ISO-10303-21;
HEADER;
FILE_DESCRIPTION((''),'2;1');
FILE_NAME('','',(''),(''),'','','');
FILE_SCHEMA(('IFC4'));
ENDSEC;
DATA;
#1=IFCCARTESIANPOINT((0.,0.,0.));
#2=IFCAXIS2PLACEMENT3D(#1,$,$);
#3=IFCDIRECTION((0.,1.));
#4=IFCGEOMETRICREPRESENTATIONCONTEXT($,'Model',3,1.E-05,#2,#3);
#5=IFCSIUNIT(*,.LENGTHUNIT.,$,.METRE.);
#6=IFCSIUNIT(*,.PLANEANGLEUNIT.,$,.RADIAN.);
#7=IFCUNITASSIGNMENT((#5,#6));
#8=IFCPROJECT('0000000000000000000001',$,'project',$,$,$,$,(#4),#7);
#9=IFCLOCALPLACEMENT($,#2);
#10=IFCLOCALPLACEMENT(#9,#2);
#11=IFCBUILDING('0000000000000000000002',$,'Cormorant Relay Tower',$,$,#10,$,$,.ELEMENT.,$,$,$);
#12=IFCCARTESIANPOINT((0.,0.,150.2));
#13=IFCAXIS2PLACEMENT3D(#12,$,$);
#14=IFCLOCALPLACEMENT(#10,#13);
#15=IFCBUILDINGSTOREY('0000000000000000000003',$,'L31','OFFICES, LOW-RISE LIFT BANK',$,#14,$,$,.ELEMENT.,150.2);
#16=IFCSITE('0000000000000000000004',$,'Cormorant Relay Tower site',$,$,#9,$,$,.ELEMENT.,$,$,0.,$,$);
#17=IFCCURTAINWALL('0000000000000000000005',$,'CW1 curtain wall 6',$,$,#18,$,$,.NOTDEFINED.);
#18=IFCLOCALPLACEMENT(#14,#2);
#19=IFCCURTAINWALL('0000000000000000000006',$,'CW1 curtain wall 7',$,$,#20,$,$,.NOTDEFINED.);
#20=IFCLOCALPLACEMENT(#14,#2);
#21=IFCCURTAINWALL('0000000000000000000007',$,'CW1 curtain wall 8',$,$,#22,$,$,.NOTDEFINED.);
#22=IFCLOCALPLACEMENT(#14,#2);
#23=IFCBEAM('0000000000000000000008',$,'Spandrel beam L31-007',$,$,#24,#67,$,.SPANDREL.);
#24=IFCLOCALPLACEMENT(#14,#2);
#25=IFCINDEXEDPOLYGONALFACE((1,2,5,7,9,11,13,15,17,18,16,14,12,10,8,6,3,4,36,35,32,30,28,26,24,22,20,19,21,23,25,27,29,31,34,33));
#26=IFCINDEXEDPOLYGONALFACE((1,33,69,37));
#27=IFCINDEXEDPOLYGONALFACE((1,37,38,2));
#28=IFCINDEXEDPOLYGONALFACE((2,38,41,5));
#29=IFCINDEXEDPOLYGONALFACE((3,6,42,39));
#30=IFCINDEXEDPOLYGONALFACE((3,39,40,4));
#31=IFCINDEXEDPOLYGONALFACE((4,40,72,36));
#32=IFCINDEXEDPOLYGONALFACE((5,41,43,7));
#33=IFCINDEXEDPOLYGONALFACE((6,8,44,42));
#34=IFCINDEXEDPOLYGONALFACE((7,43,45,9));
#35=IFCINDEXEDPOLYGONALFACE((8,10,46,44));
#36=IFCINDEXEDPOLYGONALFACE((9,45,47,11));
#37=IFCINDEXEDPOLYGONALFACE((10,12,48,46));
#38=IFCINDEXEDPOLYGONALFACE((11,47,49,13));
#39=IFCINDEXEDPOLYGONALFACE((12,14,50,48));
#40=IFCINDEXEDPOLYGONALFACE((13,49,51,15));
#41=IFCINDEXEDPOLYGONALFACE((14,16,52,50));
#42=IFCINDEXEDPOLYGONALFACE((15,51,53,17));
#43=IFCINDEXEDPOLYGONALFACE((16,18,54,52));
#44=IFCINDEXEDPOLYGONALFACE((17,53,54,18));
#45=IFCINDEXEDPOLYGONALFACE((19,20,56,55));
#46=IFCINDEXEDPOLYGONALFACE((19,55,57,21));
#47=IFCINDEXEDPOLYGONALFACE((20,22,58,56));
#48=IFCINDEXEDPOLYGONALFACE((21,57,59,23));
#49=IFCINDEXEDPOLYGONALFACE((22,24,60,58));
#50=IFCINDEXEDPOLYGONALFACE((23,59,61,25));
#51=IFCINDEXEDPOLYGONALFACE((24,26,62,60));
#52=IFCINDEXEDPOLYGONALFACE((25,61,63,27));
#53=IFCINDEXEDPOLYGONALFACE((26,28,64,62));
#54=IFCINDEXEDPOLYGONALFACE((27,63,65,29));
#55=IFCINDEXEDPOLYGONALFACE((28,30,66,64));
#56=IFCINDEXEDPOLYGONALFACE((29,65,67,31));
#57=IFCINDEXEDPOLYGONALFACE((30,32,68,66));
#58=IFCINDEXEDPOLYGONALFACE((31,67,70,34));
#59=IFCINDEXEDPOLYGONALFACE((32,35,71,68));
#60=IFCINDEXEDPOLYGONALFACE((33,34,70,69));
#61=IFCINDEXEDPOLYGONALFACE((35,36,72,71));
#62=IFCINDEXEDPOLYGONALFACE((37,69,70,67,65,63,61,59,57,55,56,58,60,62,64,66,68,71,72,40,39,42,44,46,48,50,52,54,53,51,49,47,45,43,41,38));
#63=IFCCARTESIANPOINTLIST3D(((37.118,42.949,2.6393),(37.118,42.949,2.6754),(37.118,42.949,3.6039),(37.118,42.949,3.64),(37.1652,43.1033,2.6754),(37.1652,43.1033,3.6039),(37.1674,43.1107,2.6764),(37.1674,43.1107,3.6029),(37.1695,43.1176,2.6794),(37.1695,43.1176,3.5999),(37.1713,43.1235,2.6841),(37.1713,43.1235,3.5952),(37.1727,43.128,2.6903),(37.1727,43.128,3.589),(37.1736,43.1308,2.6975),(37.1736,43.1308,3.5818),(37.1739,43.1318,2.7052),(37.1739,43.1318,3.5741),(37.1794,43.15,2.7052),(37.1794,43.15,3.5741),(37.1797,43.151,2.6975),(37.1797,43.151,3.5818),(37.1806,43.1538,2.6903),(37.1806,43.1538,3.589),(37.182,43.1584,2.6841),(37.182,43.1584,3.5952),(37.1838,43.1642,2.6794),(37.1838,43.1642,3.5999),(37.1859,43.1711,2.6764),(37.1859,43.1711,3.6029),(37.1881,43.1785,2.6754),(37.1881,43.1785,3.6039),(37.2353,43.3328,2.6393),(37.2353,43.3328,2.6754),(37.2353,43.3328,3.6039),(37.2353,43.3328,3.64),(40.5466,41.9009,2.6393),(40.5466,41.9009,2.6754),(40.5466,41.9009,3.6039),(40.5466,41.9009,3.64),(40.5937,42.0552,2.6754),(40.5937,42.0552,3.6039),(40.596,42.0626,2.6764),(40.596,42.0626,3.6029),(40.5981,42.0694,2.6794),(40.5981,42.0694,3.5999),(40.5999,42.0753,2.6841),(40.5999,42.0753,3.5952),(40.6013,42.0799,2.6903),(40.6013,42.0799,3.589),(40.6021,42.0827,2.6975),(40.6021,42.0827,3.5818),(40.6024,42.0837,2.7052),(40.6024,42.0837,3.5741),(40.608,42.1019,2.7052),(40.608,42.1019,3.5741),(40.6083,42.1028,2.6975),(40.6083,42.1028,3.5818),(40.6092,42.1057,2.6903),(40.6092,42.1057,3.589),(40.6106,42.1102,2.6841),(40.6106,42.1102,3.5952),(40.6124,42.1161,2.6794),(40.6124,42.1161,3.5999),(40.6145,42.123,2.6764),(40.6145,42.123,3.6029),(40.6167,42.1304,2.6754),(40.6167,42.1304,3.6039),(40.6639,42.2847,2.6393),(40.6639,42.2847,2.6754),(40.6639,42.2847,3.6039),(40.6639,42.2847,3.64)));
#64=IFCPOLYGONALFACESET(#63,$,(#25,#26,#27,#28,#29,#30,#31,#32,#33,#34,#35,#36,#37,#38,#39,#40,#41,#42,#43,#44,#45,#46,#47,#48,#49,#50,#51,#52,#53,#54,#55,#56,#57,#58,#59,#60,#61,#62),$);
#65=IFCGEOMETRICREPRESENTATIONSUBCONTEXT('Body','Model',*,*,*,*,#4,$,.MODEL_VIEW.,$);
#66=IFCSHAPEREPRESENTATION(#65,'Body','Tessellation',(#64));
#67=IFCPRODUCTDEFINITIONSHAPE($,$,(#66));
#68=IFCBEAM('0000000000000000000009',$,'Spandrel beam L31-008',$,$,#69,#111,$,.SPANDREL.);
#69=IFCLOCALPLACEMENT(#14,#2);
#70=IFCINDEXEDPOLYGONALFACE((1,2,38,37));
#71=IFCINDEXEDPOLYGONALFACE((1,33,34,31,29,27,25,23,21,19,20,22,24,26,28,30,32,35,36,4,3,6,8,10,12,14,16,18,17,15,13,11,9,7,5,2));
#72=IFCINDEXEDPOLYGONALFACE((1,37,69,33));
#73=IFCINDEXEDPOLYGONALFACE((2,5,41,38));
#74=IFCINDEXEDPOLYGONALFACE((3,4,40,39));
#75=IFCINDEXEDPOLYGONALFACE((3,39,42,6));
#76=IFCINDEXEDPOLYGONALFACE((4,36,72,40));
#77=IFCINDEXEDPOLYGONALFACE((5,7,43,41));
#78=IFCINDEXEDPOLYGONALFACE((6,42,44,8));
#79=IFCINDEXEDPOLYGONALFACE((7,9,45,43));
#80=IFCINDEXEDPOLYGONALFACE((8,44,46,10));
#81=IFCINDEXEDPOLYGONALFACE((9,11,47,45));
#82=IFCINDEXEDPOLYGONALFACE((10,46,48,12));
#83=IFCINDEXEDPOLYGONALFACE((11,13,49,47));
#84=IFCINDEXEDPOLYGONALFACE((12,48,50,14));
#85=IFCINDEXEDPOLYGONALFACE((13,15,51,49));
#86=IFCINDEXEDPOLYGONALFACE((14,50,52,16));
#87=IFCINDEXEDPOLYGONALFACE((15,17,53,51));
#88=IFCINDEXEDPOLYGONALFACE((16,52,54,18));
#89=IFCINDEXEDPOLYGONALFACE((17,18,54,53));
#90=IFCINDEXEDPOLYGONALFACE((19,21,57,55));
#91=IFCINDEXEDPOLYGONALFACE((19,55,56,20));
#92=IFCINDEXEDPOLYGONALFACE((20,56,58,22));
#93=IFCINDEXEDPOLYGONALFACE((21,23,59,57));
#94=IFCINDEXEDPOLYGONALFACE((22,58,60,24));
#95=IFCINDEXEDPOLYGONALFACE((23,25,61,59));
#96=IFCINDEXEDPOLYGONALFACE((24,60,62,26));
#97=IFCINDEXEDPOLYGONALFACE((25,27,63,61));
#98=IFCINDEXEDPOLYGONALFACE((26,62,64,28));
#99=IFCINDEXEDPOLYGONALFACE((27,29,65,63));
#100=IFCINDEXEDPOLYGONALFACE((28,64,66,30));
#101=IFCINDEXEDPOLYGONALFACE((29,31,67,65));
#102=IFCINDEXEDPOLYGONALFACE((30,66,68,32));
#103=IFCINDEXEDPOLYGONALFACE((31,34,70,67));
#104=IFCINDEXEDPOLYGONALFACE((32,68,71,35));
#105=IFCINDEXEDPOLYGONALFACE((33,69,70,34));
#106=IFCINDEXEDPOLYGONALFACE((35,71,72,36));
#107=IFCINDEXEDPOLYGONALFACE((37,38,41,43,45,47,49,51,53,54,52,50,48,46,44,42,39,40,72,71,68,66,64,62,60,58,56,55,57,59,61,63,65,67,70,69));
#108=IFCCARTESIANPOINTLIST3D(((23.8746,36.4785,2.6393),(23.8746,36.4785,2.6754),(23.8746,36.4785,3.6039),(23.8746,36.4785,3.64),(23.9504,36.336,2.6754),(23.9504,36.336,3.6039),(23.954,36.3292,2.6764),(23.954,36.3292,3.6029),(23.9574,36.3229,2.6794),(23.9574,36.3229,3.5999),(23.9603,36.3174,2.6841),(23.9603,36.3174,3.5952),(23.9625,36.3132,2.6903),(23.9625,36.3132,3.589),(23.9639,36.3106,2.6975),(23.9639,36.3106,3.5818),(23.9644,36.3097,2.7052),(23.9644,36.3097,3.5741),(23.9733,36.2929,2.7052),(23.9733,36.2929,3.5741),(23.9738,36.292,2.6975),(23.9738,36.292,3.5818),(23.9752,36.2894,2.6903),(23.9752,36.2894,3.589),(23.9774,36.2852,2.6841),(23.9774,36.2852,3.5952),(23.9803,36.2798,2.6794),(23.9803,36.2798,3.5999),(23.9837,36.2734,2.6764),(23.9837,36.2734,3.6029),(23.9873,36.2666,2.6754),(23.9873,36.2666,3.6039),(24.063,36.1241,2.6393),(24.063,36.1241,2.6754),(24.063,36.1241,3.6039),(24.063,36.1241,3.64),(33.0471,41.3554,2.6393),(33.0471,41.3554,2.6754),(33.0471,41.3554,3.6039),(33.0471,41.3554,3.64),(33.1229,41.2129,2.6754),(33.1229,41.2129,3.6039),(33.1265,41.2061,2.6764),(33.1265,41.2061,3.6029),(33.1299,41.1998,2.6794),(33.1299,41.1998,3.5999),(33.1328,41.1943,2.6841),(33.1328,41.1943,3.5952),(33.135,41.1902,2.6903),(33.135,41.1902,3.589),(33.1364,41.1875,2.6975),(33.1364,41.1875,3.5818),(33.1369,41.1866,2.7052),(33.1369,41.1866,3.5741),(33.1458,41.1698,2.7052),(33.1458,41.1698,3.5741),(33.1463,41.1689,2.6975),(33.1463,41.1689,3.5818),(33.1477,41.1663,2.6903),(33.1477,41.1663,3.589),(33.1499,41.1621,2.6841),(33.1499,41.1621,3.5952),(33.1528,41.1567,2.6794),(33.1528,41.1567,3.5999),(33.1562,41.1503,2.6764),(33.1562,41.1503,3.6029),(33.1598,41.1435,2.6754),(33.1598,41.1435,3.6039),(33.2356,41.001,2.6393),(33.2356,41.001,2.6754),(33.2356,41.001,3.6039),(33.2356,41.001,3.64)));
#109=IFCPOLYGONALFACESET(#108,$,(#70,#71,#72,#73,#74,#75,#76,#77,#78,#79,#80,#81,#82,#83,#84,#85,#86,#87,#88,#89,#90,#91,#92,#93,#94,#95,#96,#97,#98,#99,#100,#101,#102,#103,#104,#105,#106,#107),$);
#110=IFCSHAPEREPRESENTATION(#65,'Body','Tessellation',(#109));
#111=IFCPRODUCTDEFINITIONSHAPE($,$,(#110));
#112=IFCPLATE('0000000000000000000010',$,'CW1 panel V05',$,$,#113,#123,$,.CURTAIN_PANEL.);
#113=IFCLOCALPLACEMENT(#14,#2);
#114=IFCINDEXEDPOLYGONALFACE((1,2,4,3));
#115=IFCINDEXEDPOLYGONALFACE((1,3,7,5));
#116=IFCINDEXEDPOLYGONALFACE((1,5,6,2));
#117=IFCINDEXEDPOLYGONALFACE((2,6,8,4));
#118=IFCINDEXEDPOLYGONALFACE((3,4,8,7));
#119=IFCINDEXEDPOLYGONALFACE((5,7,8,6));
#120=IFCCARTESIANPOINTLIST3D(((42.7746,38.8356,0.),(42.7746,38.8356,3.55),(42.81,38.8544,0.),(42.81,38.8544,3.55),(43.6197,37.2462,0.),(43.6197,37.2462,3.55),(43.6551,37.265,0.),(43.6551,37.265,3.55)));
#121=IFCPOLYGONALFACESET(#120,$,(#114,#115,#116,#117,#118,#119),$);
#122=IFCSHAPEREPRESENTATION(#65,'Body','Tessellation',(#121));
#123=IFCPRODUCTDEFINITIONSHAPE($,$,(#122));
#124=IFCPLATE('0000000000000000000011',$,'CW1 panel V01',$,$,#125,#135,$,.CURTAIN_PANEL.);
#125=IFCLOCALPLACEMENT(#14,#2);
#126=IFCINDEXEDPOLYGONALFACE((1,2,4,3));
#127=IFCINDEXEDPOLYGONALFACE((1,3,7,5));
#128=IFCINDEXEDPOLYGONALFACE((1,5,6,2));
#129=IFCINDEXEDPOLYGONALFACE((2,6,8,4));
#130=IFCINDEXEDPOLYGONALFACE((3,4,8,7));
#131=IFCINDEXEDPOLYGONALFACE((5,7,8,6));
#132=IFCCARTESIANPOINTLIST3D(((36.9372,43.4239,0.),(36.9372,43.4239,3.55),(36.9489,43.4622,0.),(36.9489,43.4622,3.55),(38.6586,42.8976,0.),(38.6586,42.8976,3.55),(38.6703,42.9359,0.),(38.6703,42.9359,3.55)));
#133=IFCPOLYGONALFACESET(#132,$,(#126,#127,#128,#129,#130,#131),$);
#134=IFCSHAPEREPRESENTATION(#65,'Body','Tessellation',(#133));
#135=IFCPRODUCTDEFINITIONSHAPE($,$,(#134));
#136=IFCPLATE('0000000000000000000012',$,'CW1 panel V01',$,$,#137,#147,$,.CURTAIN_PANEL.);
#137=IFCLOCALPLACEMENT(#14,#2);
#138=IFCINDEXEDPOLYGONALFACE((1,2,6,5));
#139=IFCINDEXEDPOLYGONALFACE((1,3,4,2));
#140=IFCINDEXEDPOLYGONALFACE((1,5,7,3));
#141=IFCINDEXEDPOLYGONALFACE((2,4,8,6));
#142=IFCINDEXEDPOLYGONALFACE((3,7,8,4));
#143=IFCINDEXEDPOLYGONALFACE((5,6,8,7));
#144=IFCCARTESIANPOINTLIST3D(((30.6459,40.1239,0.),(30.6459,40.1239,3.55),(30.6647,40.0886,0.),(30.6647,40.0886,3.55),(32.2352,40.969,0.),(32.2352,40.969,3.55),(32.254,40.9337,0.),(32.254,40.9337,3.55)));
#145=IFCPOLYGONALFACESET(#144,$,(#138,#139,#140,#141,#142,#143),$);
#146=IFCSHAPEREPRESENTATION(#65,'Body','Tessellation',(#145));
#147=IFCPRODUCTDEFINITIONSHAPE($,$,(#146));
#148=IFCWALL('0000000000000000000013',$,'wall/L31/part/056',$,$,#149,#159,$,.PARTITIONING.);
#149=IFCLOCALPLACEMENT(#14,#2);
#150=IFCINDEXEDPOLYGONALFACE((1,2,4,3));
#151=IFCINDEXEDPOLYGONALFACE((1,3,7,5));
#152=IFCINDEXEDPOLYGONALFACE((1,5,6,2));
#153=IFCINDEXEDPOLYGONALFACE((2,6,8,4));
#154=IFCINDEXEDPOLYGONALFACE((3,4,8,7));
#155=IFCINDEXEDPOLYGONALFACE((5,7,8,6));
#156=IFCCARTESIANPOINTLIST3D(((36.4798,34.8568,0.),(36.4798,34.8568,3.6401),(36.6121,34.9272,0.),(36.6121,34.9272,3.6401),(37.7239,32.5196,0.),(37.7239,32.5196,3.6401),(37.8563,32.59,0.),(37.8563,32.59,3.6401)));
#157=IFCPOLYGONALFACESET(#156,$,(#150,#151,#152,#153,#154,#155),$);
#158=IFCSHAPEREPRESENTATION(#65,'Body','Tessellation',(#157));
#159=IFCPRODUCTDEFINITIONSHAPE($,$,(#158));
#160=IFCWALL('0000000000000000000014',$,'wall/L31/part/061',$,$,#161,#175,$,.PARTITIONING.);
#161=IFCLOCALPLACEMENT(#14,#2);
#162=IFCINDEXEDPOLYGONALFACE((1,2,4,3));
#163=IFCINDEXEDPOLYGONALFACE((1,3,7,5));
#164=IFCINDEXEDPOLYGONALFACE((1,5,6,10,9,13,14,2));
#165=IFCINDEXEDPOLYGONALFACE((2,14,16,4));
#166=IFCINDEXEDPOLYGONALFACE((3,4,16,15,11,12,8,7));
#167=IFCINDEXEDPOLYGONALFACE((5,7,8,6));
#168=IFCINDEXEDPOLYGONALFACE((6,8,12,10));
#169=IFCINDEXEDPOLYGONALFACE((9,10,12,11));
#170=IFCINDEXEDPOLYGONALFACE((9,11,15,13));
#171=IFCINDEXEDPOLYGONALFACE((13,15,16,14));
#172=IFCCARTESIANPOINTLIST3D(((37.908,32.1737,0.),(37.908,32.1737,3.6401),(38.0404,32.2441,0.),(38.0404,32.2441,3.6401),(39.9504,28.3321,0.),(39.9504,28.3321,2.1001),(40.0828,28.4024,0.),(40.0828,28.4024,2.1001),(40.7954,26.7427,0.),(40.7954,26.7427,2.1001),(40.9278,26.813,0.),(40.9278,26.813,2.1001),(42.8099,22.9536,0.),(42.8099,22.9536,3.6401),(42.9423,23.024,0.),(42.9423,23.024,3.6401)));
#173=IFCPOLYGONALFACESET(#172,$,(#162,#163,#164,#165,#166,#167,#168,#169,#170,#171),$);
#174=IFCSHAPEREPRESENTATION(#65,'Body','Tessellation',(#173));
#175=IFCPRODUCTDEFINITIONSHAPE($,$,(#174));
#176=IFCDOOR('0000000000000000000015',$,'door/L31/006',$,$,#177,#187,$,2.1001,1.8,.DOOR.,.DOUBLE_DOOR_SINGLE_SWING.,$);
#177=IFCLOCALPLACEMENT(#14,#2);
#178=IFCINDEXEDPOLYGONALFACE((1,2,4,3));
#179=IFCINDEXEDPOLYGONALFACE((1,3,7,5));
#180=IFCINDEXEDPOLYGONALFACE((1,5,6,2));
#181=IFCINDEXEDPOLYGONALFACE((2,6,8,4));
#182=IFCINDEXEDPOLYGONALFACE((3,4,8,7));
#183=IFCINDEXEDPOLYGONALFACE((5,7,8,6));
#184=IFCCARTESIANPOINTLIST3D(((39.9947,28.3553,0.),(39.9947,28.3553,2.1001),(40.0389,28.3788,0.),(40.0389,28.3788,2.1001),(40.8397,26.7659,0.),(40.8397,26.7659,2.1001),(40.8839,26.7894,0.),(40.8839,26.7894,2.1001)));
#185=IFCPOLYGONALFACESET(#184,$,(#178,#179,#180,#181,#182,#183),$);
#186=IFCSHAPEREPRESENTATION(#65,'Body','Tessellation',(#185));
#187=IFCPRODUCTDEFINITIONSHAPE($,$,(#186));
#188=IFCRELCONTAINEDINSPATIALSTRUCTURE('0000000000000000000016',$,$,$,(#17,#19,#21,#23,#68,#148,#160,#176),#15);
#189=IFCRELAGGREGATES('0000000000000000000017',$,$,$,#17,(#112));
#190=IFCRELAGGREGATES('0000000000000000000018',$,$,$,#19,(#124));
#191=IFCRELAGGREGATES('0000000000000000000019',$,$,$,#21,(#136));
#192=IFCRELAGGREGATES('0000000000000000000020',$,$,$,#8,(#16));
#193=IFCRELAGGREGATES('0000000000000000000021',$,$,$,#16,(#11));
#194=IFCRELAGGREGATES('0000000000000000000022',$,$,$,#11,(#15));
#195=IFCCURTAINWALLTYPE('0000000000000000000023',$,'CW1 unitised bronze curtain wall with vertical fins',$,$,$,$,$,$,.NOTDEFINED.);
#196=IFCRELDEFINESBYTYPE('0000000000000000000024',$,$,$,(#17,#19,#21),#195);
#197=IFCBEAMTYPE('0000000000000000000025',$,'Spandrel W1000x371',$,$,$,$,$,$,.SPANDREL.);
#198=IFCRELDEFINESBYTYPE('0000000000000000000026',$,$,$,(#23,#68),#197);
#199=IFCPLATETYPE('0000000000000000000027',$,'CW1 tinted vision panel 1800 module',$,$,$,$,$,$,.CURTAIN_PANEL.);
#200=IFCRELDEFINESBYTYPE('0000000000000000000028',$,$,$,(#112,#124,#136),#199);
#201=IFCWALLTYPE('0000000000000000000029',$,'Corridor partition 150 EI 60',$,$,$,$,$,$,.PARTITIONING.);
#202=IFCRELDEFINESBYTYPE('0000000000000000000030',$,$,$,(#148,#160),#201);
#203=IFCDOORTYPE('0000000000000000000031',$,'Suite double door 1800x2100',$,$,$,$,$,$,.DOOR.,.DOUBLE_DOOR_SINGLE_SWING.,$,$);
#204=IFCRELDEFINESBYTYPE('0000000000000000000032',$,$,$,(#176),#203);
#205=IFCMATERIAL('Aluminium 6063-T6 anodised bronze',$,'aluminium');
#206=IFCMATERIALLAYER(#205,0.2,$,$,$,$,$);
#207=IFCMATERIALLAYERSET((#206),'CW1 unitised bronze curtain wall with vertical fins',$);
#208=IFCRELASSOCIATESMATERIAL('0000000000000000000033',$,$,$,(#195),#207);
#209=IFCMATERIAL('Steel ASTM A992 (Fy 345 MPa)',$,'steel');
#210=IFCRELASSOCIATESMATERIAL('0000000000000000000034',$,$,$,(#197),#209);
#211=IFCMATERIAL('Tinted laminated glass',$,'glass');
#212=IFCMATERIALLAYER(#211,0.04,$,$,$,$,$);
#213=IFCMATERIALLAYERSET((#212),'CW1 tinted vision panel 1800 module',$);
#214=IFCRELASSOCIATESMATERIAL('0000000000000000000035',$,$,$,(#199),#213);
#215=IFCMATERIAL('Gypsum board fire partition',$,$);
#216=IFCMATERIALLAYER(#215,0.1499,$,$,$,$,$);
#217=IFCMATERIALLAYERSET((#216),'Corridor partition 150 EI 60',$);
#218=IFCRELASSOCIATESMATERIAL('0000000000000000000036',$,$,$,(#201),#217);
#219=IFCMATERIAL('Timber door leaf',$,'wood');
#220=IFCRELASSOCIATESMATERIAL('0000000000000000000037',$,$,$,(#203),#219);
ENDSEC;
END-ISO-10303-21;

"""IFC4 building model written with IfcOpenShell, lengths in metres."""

from ifc_helpers import new_model, si_unit, direction, frame, frame_2d, origin, origin_2d, place, context, subcontext, project, spatial, rectangle, i_section, extrude, material, layer, layer_set, material_profile, profile_set, type_object, element, fill, aggregate, save


model = new_model("IFC4")

# Units and contexts
model_context = context("Model", 3, precision=1e-05, world=origin(), true_north=direction((0.0, 1.0)))
body_context = subcontext(model_context, "Body", "Model", "MODEL_VIEW")
ifc_project = project(units=[si_unit("LENGTHUNIT", "METRE"), si_unit("PLANEANGLEUNIT", "RADIAN")], contexts=[model_context])

# Site, building, storey
site_placement = place(None, origin())
site = spatial("IfcSite", under=ifc_project, at=site_placement, Name="Cormorant Relay Tower site", CompositionType="ELEMENT", RefElevation=0.0)
building_placement = place(site_placement, origin())
building = spatial("IfcBuilding", under=site, at=building_placement, Name="Cormorant Relay Tower", CompositionType="ELEMENT")
storey_placement = place(building_placement, frame((0.0, 0.0, 150.2)))
storey = spatial("IfcBuildingStorey", under=building, at=storey_placement, Name="L31", Description="OFFICES, LOW-RISE LIFT BANK", CompositionType="ELEMENT", Elevation=150.2)

# Curtain wall
ifc_material_1 = material(Name="Aluminium 6063-T6 anodised bronze", Category="aluminium")
ifc_layer_1 = layer(ifc_material_1, 0.2)
ifc_layer_set_1 = layer_set([ifc_layer_1], Name="CW1 unitised bronze curtain wall with vertical fins")
curtain_wall_type = type_object("IfcCurtainWallType", Name="CW1 unitised bronze curtain wall with vertical fins", PredefinedType="NOTDEFINED", material=ifc_layer_set_1)
curtain_wall_1_placement = place(storey_placement, origin())
curtain_wall_1 = element("IfcCurtainWall", 1, at=curtain_wall_1_placement, inside=storey, type_object=curtain_wall_type, Name="CW1 curtain wall 6", PredefinedType="NOTDEFINED")

# Curtain wall
curtain_wall_2_placement = place(storey_placement, origin())
curtain_wall_2 = element("IfcCurtainWall", 2, at=curtain_wall_2_placement, inside=storey, type_object=curtain_wall_type, Name="CW1 curtain wall 7", PredefinedType="NOTDEFINED")

# Curtain wall
curtain_wall_3_placement = place(storey_placement, origin())
curtain_wall_3 = element("IfcCurtainWall", 3, at=curtain_wall_3_placement, inside=storey, type_object=curtain_wall_type, Name="CW1 curtain wall 8", PredefinedType="NOTDEFINED")

# Beams
ifc_material_2 = material(Name="Steel ASTM A992 (Fy 345 MPa)", Category="steel")
ifc_material_profile_1 = material_profile(ifc_material_2, i_section(OverallWidth=0.4014, OverallDepth=1.0007, WebThickness=0.019, FlangeThickness=0.0361, FilletRadius=0.0298, at=origin_2d()), Name="W1000x371")
ifc_profile_set_1 = profile_set([ifc_material_profile_1], Name="Steel ASTM A992 (Fy 345 MPa)")
beam_type = type_object("IfcBeamType", Name="Spandrel W1000x371", PredefinedType="SPANDREL", material=ifc_profile_set_1)
beam_1_placement = place(storey_placement, frame((40.6052, 42.0928, 3.1396), z_axis=(-0.956312, 0.292348, 0.0), x_axis=(-0.292348, -0.956312, 0.0)))
element("IfcBeam", 4, at=beam_1_placement, inside=storey, type_object=beam_type, Name="Spandrel beam L31-007", PredefinedType="SPANDREL", context=body_context, shape_type="SweptSolid", body=[
    extrude(i_section(OverallWidth=0.4014, OverallDepth=1.0007, WebThickness=0.019, FlangeThickness=0.0361, FilletRadius=0.0298, at=origin_2d()), origin(), (0.0, 0.0, 1.0), 3.5852),
])
beam_2_placement = place(storey_placement, frame((33.1414, 41.1782, 3.1396), z_axis=(-0.882956, -0.469456, 0.0), x_axis=(0.469456, -0.882956, 0.0)))
element("IfcBeam", 5, at=beam_2_placement, inside=storey, type_object=beam_type, Name="Spandrel beam L31-008", PredefinedType="SPANDREL", context=body_context, shape_type="SweptSolid", body=[
    extrude(i_section(OverallWidth=0.4014, OverallDepth=1.0007, WebThickness=0.019, FlangeThickness=0.0361, FilletRadius=0.0298, at=origin_2d()), origin(), (0.0, 0.0, 1.0), 10.3884),
])

# Plates
ifc_material_3 = material(Name="Tinted laminated glass", Category="glass")
ifc_layer_2 = layer(ifc_material_3, 0.04)
ifc_layer_set_2 = layer_set([ifc_layer_2], Name="CW1 tinted vision panel 1800 module")
plate_type = type_object("IfcPlateType", Name="CW1 tinted vision panel 1800 module", PredefinedType="CURTAIN_PANEL", material=ifc_layer_set_2)
plate_1_placement = place(storey_placement, frame((43.2148, 38.0503, 0.0), z_axis=(0.0, 0.0, 1.0), x_axis=(-0.469472, 0.882948, 0.0)))
plate_1 = element("IfcPlate", 6, at=plate_1_placement, type_object=plate_type, Name="CW1 panel V05", PredefinedType="CURTAIN_PANEL", context=body_context, shape_type="SweptSolid", body=[
    extrude(rectangle(XDim=1.8, YDim=0.04, at=origin_2d()), origin(), (0.0, 0.0, 1.0), 3.55),
])
plate_2_placement = place(storey_placement, frame((37.8037, 43.1799, 0.0), z_axis=(0.0, 0.0, 1.0), x_axis=(-0.956305, 0.292372, 0.0)))
plate_2 = element("IfcPlate", 7, at=plate_2_placement, type_object=plate_type, Name="CW1 panel V01", PredefinedType="CURTAIN_PANEL", context=body_context, shape_type="SweptSolid", body=[
    extrude(rectangle(XDim=1.8, YDim=0.04, at=origin_2d()), origin(), (0.0, 0.0, 1.0), 3.55),
])
plate_3_placement = place(storey_placement, frame((31.45, 40.5288, 0.0), z_axis=(0.0, 0.0, 1.0), x_axis=(-0.882948, -0.469472, 0.0)))
plate_3 = element("IfcPlate", 8, at=plate_3_placement, type_object=plate_type, Name="CW1 panel V01", PredefinedType="CURTAIN_PANEL", context=body_context, shape_type="SweptSolid", body=[
    extrude(rectangle(XDim=1.8, YDim=0.04, at=origin_2d()), origin(), (0.0, 0.0, 1.0), 3.55),
])

# Wall
ifc_material_4 = material(Name="Gypsum board fire partition")
ifc_layer_3 = layer(ifc_material_4, 0.1499)
ifc_layer_set_3 = layer_set([ifc_layer_3], Name="Corridor partition 150 EI 60")
wall_type_1 = type_object("IfcWallType", Name="Corridor partition 150 EI 60", PredefinedType="PARTITIONING", material=ifc_layer_set_3)
wall_1_placement = place(storey_placement, frame((37.79, 32.5549, 0.0), z_axis=(0.0, 0.0, 1.0), x_axis=(-0.469899, 0.88272, 0.0)))
element("IfcWall", 9, at=wall_1_placement, inside=storey, type_object=wall_type_1, Name="wall/L31/part/056", PredefinedType="PARTITIONING", context=body_context, shape_type="SweptSolid", body=[
    extrude(rectangle(XDim=2.6477, YDim=0.1499, at=frame_2d((1.3237, 0.0))), origin(), (0.0, 0.0, 1.0), 3.6401),
])

# Wall, opening, door
wall_2_placement = place(storey_placement, frame((37.9741, 32.209, 0.0), z_axis=(0.0, 0.0, 1.0), x_axis=(0.469435, -0.882967, 0.0)))
wall_2 = element("IfcWall", 10, at=wall_2_placement, inside=storey, type_object=wall_type_1, Name="wall/L31/part/061", PredefinedType="PARTITIONING", context=body_context, shape_type="SweptSolid", body=[
    extrude(rectangle(XDim=10.4421, YDim=0.1499, at=frame_2d((5.2212, 0.0))), origin(), (0.0, 0.0, 1.0), 3.6401),
])
opening_1_placement = place(wall_2_placement, frame((4.3511, 0.0, 0.0)))
opening_1 = element("IfcOpeningElement", 11, at=opening_1_placement, cuts=wall_2, PredefinedType="OPENING", context=body_context, shape_type="SweptSolid", body=[
    extrude(rectangle(XDim=1.8, YDim=2.1001, at=frame_2d((0.8999, 1.05))), frame((0.0, 0.085, 0.0), z_axis=(0.0, -1.0, 0.0), x_axis=(1.0, 0.0, 0.0)), (0.0, 0.0, 1.0), 0.1699),
])
ifc_material_5 = material(Name="Timber door leaf", Category="wood")
door_type_1 = type_object("IfcDoorType", Name="Suite double door 1800x2100", OperationType="DOUBLE_DOOR_SINGLE_SWING", PredefinedType="DOOR", material=ifc_material_5)
door_1_placement = place(opening_1_placement, frame((1.8, 0.0, 0.0), z_axis=(0.0, 0.0, 1.0), x_axis=(-1.0, 0.0, 0.0)))
door_1 = element("IfcDoor", 12, at=door_1_placement, inside=storey, type_object=door_type_1, Name="door/L31/006", OperationType="DOUBLE_DOOR_SINGLE_SWING", OverallHeight=2.1001, OverallWidth=1.8, PredefinedType="DOOR", context=body_context, shape_type="SweptSolid", body=[
    extrude(rectangle(XDim=1.8, YDim=2.1001, at=frame_2d((0.8999, 1.05))), frame((0.0, 0.0249, 0.0), z_axis=(0.0, -1.0, 0.0), x_axis=(1.0, 0.0, 0.0)), (0.0, 0.0, 1.0), 0.05),
])
fill(opening_1, door_1)

aggregate(curtain_wall_1, [plate_1])
aggregate(curtain_wall_2, [plate_2])
aggregate(curtain_wall_3, [plate_3])

save(model, "model.ifc")
